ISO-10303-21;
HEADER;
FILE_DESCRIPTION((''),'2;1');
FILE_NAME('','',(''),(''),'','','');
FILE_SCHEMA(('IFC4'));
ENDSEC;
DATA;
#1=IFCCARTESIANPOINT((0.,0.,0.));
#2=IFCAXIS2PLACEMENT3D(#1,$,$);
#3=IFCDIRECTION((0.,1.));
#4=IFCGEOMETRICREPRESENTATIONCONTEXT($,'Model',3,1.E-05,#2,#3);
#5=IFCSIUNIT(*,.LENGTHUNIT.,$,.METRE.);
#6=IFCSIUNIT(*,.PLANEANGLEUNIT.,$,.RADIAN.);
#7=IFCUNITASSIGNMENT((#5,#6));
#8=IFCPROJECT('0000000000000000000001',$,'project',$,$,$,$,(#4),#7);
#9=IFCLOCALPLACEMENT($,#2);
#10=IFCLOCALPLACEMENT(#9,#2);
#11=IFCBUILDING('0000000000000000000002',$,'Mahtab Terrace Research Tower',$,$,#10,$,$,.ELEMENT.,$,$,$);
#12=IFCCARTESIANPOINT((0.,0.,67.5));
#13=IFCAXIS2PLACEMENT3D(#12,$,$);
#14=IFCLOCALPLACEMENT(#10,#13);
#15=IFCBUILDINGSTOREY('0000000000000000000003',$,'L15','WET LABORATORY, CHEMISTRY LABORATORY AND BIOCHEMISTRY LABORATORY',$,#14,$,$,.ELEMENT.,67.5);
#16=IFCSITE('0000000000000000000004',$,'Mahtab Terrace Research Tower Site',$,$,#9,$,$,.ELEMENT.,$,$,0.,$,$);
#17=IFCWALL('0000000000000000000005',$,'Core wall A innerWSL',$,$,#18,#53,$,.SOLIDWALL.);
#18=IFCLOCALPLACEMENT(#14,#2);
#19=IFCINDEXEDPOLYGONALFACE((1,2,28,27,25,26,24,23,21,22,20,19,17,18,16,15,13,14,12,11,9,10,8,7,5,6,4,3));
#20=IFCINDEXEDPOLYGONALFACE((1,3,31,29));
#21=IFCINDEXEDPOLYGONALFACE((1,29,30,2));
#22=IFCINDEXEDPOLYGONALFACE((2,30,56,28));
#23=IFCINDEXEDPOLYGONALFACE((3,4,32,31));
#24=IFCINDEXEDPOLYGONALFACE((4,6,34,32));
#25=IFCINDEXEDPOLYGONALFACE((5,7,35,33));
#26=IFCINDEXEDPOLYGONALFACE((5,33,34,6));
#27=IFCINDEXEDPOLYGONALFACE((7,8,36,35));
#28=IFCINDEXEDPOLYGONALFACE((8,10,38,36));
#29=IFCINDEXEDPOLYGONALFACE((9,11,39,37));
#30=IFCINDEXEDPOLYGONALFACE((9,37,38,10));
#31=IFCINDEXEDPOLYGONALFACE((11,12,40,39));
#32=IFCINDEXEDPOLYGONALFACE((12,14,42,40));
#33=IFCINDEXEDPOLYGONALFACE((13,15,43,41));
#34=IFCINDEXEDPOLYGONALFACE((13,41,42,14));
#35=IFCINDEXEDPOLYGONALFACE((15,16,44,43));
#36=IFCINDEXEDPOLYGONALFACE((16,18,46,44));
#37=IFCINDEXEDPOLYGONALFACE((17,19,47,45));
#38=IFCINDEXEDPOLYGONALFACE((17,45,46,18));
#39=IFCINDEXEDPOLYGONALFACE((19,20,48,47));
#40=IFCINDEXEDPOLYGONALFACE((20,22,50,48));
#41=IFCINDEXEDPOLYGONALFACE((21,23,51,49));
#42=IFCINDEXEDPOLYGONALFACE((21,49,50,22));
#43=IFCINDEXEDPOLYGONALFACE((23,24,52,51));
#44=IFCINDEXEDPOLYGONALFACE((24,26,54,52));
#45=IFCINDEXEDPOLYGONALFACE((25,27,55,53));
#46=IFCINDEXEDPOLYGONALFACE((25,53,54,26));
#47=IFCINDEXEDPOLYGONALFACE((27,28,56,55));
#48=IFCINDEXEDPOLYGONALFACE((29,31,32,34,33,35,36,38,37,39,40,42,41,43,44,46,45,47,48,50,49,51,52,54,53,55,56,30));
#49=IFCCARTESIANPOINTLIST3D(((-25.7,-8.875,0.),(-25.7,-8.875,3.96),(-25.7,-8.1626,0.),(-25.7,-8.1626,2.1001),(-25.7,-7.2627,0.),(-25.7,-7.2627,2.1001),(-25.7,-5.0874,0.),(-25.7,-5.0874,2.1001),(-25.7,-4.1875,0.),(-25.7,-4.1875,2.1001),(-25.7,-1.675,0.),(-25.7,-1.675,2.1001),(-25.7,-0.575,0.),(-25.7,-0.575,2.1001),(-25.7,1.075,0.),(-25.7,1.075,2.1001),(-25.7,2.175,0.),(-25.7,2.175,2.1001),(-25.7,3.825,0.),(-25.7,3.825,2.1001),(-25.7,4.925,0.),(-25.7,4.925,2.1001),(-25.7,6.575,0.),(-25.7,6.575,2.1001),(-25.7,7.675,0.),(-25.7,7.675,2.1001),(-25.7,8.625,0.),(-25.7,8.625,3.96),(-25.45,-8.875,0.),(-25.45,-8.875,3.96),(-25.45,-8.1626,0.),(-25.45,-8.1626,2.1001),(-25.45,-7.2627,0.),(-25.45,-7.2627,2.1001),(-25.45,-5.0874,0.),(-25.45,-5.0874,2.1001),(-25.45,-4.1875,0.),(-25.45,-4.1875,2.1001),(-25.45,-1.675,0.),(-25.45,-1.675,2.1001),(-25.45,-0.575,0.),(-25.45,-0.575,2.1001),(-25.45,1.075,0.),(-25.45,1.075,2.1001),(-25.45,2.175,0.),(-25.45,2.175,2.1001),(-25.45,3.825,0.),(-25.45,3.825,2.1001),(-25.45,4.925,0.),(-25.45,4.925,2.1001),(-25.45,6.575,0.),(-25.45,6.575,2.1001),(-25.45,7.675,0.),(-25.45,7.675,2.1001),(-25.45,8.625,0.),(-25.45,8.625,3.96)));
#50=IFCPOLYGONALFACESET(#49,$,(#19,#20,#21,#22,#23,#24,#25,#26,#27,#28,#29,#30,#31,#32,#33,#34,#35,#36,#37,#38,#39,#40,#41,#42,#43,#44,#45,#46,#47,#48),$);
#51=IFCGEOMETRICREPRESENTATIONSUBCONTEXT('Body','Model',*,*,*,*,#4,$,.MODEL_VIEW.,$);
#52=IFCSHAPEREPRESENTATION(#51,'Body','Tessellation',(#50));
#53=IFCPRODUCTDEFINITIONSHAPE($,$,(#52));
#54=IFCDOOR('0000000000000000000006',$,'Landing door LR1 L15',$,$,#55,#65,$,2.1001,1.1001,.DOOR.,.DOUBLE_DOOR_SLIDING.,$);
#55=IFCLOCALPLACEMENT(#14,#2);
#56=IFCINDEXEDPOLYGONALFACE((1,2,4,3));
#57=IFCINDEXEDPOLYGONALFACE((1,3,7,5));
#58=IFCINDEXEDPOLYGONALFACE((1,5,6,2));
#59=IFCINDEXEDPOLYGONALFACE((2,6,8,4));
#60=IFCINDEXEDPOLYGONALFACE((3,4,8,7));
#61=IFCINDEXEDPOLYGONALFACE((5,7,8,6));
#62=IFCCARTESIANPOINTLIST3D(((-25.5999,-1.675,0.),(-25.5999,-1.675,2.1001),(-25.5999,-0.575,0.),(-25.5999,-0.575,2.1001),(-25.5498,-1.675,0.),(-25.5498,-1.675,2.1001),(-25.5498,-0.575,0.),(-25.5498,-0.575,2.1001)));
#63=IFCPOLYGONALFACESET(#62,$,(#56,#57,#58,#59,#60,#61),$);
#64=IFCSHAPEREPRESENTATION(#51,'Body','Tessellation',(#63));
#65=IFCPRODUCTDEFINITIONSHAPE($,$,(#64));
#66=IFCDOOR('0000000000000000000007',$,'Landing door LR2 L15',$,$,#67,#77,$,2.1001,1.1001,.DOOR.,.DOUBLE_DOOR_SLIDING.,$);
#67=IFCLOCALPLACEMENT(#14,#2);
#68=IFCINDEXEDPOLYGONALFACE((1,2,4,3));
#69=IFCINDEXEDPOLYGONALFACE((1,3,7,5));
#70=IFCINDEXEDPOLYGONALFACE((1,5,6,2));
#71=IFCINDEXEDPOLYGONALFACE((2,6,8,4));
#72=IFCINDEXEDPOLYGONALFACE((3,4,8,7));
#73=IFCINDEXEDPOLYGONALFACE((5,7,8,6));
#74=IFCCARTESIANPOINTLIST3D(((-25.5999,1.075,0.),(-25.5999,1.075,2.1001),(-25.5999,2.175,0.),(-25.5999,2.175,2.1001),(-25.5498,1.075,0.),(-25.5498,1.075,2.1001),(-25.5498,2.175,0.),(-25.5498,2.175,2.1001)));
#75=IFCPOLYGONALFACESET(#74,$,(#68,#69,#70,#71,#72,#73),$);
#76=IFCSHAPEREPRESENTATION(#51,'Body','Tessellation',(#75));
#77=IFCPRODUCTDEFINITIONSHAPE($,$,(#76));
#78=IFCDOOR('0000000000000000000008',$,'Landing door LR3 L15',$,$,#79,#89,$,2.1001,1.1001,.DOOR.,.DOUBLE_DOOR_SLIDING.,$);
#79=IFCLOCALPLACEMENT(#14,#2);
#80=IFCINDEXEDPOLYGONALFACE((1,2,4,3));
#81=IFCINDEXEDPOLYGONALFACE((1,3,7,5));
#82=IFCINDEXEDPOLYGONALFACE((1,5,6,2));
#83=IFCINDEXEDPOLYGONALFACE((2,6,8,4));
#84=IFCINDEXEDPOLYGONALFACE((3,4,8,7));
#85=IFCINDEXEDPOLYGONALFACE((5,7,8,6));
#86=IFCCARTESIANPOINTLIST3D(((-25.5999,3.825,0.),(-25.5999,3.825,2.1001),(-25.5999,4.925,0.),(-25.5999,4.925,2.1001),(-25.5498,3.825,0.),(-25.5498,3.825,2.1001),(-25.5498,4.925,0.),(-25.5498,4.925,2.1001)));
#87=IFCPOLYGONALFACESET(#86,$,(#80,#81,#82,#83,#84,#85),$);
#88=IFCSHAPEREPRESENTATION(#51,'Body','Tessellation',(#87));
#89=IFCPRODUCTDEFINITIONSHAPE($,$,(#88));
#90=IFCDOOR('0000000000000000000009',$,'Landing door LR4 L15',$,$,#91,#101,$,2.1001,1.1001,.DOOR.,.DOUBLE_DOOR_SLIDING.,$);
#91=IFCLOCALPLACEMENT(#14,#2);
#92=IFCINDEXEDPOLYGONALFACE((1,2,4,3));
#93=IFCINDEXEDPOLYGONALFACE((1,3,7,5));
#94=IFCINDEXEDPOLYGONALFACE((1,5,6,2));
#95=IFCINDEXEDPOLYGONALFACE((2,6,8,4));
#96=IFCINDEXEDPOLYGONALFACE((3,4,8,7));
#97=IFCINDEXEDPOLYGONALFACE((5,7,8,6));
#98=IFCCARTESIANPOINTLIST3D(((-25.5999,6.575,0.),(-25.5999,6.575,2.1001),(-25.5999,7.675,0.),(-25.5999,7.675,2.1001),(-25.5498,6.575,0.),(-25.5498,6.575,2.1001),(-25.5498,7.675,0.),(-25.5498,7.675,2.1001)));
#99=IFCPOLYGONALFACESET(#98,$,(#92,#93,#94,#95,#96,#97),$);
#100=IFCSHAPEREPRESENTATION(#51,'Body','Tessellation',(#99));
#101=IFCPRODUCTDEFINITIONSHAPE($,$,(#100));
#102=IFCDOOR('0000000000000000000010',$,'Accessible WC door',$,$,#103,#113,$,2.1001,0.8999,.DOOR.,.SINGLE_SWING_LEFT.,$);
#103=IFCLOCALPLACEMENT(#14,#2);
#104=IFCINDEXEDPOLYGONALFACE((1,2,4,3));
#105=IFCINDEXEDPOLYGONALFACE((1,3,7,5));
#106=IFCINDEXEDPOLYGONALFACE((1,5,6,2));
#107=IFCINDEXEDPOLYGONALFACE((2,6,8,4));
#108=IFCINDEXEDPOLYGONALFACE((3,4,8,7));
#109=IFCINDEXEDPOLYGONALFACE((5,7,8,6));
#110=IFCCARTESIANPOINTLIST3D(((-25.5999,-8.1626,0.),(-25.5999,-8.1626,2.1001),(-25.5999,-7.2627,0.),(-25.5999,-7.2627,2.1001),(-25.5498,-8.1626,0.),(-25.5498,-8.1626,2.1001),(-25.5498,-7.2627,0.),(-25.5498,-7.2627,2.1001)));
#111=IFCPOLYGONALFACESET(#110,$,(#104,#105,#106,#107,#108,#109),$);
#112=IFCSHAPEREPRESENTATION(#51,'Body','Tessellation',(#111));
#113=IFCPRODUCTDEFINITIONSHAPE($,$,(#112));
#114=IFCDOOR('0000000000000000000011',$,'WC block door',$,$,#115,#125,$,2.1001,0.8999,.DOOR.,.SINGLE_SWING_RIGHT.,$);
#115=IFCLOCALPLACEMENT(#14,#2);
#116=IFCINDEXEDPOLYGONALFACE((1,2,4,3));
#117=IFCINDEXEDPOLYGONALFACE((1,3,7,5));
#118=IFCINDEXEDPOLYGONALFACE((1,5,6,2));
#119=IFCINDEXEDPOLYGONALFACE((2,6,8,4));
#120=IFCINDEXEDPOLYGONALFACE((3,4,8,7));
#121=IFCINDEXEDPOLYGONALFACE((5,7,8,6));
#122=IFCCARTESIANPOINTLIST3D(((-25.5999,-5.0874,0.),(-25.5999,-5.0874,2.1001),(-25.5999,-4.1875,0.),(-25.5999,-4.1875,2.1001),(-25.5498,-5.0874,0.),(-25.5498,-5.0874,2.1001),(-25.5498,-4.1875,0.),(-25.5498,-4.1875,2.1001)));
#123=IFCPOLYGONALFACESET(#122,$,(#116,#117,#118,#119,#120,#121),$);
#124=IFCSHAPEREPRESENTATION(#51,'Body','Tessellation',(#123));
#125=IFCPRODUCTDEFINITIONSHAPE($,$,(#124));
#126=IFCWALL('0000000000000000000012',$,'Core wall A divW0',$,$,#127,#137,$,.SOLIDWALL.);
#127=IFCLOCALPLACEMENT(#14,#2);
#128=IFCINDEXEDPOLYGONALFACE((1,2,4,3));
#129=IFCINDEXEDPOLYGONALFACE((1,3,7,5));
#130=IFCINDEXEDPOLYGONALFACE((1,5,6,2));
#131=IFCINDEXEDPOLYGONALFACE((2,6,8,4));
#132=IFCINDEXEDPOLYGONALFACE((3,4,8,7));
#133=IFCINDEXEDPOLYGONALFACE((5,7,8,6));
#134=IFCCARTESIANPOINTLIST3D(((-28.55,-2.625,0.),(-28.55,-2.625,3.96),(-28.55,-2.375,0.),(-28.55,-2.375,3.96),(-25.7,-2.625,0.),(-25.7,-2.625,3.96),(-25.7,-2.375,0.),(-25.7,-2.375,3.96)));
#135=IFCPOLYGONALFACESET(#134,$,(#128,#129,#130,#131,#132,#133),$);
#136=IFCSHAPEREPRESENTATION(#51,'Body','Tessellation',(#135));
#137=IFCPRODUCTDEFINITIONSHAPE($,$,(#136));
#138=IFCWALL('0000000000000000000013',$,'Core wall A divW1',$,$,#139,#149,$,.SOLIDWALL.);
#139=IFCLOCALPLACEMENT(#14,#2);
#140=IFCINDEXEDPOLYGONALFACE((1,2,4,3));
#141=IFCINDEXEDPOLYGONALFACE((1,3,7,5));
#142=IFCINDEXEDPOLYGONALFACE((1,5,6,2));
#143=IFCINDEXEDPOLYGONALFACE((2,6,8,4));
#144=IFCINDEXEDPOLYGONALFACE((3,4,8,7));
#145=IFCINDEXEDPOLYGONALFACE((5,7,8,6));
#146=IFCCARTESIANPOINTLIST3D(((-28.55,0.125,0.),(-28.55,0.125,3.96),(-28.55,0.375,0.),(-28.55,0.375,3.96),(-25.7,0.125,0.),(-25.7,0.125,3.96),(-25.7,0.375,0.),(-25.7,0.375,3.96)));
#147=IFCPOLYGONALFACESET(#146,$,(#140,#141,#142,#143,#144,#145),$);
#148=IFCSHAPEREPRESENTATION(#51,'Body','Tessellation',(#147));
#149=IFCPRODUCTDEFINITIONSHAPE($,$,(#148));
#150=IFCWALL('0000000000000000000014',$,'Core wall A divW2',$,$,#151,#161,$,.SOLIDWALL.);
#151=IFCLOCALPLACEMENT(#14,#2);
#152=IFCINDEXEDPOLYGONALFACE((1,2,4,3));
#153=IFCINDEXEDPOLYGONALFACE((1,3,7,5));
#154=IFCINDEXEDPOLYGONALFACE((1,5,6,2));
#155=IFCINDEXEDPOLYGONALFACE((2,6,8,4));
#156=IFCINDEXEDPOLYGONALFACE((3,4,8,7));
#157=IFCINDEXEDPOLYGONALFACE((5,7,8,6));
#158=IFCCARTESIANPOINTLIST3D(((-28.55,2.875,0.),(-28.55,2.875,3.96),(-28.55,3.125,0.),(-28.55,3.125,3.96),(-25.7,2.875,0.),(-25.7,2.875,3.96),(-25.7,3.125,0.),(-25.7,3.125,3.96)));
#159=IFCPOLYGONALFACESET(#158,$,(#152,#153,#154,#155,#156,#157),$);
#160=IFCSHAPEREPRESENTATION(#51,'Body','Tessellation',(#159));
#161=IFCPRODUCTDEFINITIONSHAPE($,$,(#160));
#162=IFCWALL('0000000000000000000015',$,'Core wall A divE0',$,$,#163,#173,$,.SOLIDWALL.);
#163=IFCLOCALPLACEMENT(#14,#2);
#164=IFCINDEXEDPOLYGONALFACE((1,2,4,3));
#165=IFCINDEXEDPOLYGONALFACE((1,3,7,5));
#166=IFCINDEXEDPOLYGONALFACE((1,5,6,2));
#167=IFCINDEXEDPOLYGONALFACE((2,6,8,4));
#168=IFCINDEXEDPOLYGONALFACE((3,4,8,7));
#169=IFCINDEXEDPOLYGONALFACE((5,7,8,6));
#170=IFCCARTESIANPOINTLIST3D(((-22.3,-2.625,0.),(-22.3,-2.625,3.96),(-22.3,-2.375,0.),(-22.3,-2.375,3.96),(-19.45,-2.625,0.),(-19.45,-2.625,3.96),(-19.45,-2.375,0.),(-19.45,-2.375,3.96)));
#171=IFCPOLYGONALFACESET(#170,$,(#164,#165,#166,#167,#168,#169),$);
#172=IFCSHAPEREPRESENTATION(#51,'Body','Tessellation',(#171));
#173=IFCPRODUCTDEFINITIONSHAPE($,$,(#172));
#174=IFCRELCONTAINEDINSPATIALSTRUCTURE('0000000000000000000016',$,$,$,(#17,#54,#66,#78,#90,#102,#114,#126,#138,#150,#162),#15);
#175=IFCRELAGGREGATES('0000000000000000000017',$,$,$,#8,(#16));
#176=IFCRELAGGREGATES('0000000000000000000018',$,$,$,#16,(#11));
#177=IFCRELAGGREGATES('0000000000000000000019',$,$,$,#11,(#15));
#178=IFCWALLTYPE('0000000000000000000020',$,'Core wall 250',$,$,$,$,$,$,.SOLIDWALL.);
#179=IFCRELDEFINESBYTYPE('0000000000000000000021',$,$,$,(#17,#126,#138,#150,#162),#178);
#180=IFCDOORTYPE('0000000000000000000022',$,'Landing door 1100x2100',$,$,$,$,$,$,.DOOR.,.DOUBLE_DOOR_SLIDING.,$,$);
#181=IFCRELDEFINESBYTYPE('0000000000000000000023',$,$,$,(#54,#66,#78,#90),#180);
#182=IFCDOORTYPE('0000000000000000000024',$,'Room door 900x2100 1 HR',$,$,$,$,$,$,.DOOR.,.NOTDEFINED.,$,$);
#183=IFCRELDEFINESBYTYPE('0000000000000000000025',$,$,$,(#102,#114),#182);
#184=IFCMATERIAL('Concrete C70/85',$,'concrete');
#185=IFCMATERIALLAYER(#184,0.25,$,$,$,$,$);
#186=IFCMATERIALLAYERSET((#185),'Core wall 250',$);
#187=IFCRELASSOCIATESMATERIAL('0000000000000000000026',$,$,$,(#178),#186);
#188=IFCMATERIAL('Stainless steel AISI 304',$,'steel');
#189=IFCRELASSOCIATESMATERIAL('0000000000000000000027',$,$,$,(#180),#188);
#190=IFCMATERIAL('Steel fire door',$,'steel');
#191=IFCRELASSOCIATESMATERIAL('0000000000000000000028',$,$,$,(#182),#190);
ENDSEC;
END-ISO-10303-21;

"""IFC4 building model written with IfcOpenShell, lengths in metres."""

from ifc_helpers import new_model, si_unit, direction, frame, frame_2d, origin, place, context, subcontext, project, spatial, rectangle, extrude, material, layer, layer_set, type_object, element, fill, save


model = new_model("IFC4")

# Units and contexts
model_context = context("Model", 3, precision=1e-05, world=origin(), true_north=direction((0.0, 1.0)))
body_context = subcontext(model_context, "Body", "Model", "MODEL_VIEW")
ifc_project = project(units=[si_unit("LENGTHUNIT", "METRE"), si_unit("PLANEANGLEUNIT", "RADIAN")], contexts=[model_context])

# Site, building, storey
site_placement = place(None, origin())
site = spatial("IfcSite", under=ifc_project, at=site_placement, Name="Mahtab Terrace Research Tower Site", CompositionType="ELEMENT", RefElevation=0.0)
building_placement = place(site_placement, origin())
building = spatial("IfcBuilding", under=site, at=building_placement, Name="Mahtab Terrace Research Tower", CompositionType="ELEMENT")
storey_placement = place(building_placement, frame((0.0, 0.0, 67.5)))
storey = spatial("IfcBuildingStorey", under=building, at=storey_placement, Name="L15", Description="WET LABORATORY, CHEMISTRY LABORATORY AND BIOCHEMISTRY LABORATORY", CompositionType="ELEMENT", Elevation=67.5)

# Shared definitions
ifc_material_1 = material(Name="Concrete C70/85", Category="concrete")

# Shared definitions
ifc_layer_1 = layer(ifc_material_1, 0.25)
ifc_layer_set_1 = layer_set([ifc_layer_1], Name="Core wall 250")
wall_type_1 = type_object("IfcWallType", Name="Core wall 250", PredefinedType="SOLIDWALL", material=ifc_layer_set_1)

# Shared definitions
ifc_material_2 = material(Name="Steel fire door", Category="steel")

# Wall, openings, doors
wall_1_placement = place(storey_placement, frame((-25.575, -8.875, 0.0), z_axis=(0.0, 0.0, 1.0), x_axis=(0.0, 1.0, 0.0)))
wall_1 = element("IfcWall", 1, at=wall_1_placement, inside=storey, type_object=wall_type_1, Name="Core wall A innerWSL", PredefinedType="SOLIDWALL", context=body_context, shape_type="SweptSolid", body=[
    extrude(rectangle(XDim=17.5, YDim=0.25, at=frame_2d((8.75, 0.0))), origin(), (0.0, 0.0, 1.0), 3.96),
])
opening_1_placement = place(wall_1_placement, frame((7.2, 0.0, 0.0)))
opening_1 = element("IfcOpeningElement", 2, at=opening_1_placement, cuts=wall_1, PredefinedType="OPENING", context=body_context, shape_type="SweptSolid", body=[
    extrude(rectangle(XDim=1.1001, YDim=2.1001, at=frame_2d((0.55, 1.05))), frame((0.0, 0.135, 0.0), z_axis=(0.0, -1.0, 0.0), x_axis=(1.0, 0.0, 0.0)), (0.0, 0.0, 1.0), 0.27),
])
opening_2_placement = place(wall_1_placement, frame((9.95, 0.0, 0.0)))
opening_2 = element("IfcOpeningElement", 3, at=opening_2_placement, cuts=wall_1, PredefinedType="OPENING", context=body_context, shape_type="SweptSolid", body=[
    extrude(rectangle(XDim=1.1001, YDim=2.1001, at=frame_2d((0.55, 1.05))), frame((0.0, 0.135, 0.0), z_axis=(0.0, -1.0, 0.0), x_axis=(1.0, 0.0, 0.0)), (0.0, 0.0, 1.0), 0.27),
])
opening_3_placement = place(wall_1_placement, frame((12.7, 0.0, 0.0)))
opening_3 = element("IfcOpeningElement", 4, at=opening_3_placement, cuts=wall_1, PredefinedType="OPENING", context=body_context, shape_type="SweptSolid", body=[
    extrude(rectangle(XDim=1.1001, YDim=2.1001, at=frame_2d((0.55, 1.05))), frame((0.0, 0.135, 0.0), z_axis=(0.0, -1.0, 0.0), x_axis=(1.0, 0.0, 0.0)), (0.0, 0.0, 1.0), 0.27),
])
opening_4_placement = place(wall_1_placement, frame((15.45, 0.0, 0.0)))
opening_4 = element("IfcOpeningElement", 5, at=opening_4_placement, cuts=wall_1, PredefinedType="OPENING", context=body_context, shape_type="SweptSolid", body=[
    extrude(rectangle(XDim=1.1001, YDim=2.1001, at=frame_2d((0.55, 1.05))), frame((0.0, 0.135, 0.0), z_axis=(0.0, -1.0, 0.0), x_axis=(1.0, 0.0, 0.0)), (0.0, 0.0, 1.0), 0.27),
])
opening_5_placement = place(wall_1_placement, frame((0.7124, 0.0, 0.0)))
opening_5 = element("IfcOpeningElement", 6, at=opening_5_placement, cuts=wall_1, PredefinedType="OPENING", context=body_context, shape_type="SweptSolid", body=[
    extrude(rectangle(XDim=0.8999, YDim=2.1001, at=frame_2d((0.45, 1.05))), frame((0.0, 0.135, 0.0), z_axis=(0.0, -1.0, 0.0), x_axis=(1.0, 0.0, 0.0)), (0.0, 0.0, 1.0), 0.27),
])
opening_6_placement = place(wall_1_placement, frame((3.7876, 0.0, 0.0)))
opening_6 = element("IfcOpeningElement", 7, at=opening_6_placement, cuts=wall_1, PredefinedType="OPENING", context=body_context, shape_type="SweptSolid", body=[
    extrude(rectangle(XDim=0.8999, YDim=2.1001, at=frame_2d((0.45, 1.05))), frame((0.0, 0.135, 0.0), z_axis=(0.0, -1.0, 0.0), x_axis=(1.0, 0.0, 0.0)), (0.0, 0.0, 1.0), 0.27),
])
ifc_material_3 = material(Name="Stainless steel AISI 304", Category="steel")
door_type_1 = type_object("IfcDoorType", Name="Landing door 1100x2100", OperationType="DOUBLE_DOOR_SLIDING", PredefinedType="DOOR", material=ifc_material_3)
door_1_placement = place(opening_1_placement, origin())
door_1 = element("IfcDoor", 8, at=door_1_placement, inside=storey, type_object=door_type_1, Name="Landing door LR1 L15", OperationType="DOUBLE_DOOR_SLIDING", OverallHeight=2.1001, OverallWidth=1.1001, PredefinedType="DOOR", context=body_context, shape_type="SweptSolid", body=[
    extrude(rectangle(XDim=1.1001, YDim=2.1001, at=frame_2d((0.55, 1.05))), frame((0.0, 0.0249, 0.0), z_axis=(0.0, -1.0, 0.0), x_axis=(1.0, 0.0, 0.0)), (0.0, 0.0, 1.0), 0.05),
])
fill(opening_1, door_1)
door_2_placement = place(opening_2_placement, origin())
door_2 = element("IfcDoor", 9, at=door_2_placement, inside=storey, type_object=door_type_1, Name="Landing door LR2 L15", OperationType="DOUBLE_DOOR_SLIDING", OverallHeight=2.1001, OverallWidth=1.1001, PredefinedType="DOOR", context=body_context, shape_type="SweptSolid", body=[
    extrude(rectangle(XDim=1.1001, YDim=2.1001, at=frame_2d((0.55, 1.05))), frame((0.0, 0.0249, 0.0), z_axis=(0.0, -1.0, 0.0), x_axis=(1.0, 0.0, 0.0)), (0.0, 0.0, 1.0), 0.05),
])
fill(opening_2, door_2)
door_3_placement = place(opening_3_placement, origin())
door_3 = element("IfcDoor", 10, at=door_3_placement, inside=storey, type_object=door_type_1, Name="Landing door LR3 L15", OperationType="DOUBLE_DOOR_SLIDING", OverallHeight=2.1001, OverallWidth=1.1001, PredefinedType="DOOR", context=body_context, shape_type="SweptSolid", body=[
    extrude(rectangle(XDim=1.1001, YDim=2.1001, at=frame_2d((0.55, 1.05))), frame((0.0, 0.0249, 0.0), z_axis=(0.0, -1.0, 0.0), x_axis=(1.0, 0.0, 0.0)), (0.0, 0.0, 1.0), 0.05),
])
fill(opening_3, door_3)
door_4_placement = place(opening_4_placement, origin())
door_4 = element("IfcDoor", 11, at=door_4_placement, inside=storey, type_object=door_type_1, Name="Landing door LR4 L15", OperationType="DOUBLE_DOOR_SLIDING", OverallHeight=2.1001, OverallWidth=1.1001, PredefinedType="DOOR", context=body_context, shape_type="SweptSolid", body=[
    extrude(rectangle(XDim=1.1001, YDim=2.1001, at=frame_2d((0.55, 1.05))), frame((0.0, 0.0249, 0.0), z_axis=(0.0, -1.0, 0.0), x_axis=(1.0, 0.0, 0.0)), (0.0, 0.0, 1.0), 0.05),
])
fill(opening_4, door_4)
door_type_2 = type_object("IfcDoorType", Name="Room door 900x2100 1 HR", OperationType="NOTDEFINED", PredefinedType="DOOR", material=ifc_material_2)
door_5_placement = place(opening_5_placement, origin())
door_5 = element("IfcDoor", 12, at=door_5_placement, inside=storey, type_object=door_type_2, Name="Accessible WC door", OperationType="SINGLE_SWING_LEFT", OverallHeight=2.1001, OverallWidth=0.8999, PredefinedType="DOOR", context=body_context, shape_type="SweptSolid", body=[
    extrude(rectangle(XDim=0.8999, YDim=2.1001, at=frame_2d((0.45, 1.05))), frame((0.0, 0.0249, 0.0), z_axis=(0.0, -1.0, 0.0), x_axis=(1.0, 0.0, 0.0)), (0.0, 0.0, 1.0), 0.05),
])
fill(opening_5, door_5)
door_6_placement = place(opening_6_placement, origin())
door_6 = element("IfcDoor", 13, at=door_6_placement, inside=storey, type_object=door_type_2, Name="WC block door", OperationType="SINGLE_SWING_RIGHT", OverallHeight=2.1001, OverallWidth=0.8999, PredefinedType="DOOR", context=body_context, shape_type="SweptSolid", body=[
    extrude(rectangle(XDim=0.8999, YDim=2.1001, at=frame_2d((0.45, 1.05))), frame((0.0, 0.0249, 0.0), z_axis=(0.0, -1.0, 0.0), x_axis=(1.0, 0.0, 0.0)), (0.0, 0.0, 1.0), 0.05),
])
fill(opening_6, door_6)

# Walls
for number, where, z_axis, x_axis, name in (
    (14, (-28.55, -2.5, 0.0), (0.0, 0.0, 1.0), (1.0, 0.0, 0.0), "Core wall A divW0"),
    (15, (-28.55, 0.25, 0.0), (0.0, 0.0, 1.0), (1.0, 0.0, 0.0), "Core wall A divW1"),
    (16, (-28.55, 3.0, 0.0), (0.0, 0.0, 1.0), (1.0, 0.0, 0.0), "Core wall A divW2"),
    (17, (-22.3, -2.5, 0.0), (0.0, 0.0, 1.0), (1.0, 0.0, 0.0), "Core wall A divE0"),
):
    element("IfcWall", number, at=place(storey_placement, frame(where, z_axis=z_axis, x_axis=x_axis)), inside=storey, type_object=wall_type_1, Name=name, PredefinedType="SOLIDWALL", context=body_context, shape_type="SweptSolid", body=[
        extrude(rectangle(XDim=2.8501, YDim=0.25, at=frame_2d((1.425, 0.0))), origin(), (0.0, 0.0, 1.0), 3.96),
    ])

save(model, "model.ifc")
